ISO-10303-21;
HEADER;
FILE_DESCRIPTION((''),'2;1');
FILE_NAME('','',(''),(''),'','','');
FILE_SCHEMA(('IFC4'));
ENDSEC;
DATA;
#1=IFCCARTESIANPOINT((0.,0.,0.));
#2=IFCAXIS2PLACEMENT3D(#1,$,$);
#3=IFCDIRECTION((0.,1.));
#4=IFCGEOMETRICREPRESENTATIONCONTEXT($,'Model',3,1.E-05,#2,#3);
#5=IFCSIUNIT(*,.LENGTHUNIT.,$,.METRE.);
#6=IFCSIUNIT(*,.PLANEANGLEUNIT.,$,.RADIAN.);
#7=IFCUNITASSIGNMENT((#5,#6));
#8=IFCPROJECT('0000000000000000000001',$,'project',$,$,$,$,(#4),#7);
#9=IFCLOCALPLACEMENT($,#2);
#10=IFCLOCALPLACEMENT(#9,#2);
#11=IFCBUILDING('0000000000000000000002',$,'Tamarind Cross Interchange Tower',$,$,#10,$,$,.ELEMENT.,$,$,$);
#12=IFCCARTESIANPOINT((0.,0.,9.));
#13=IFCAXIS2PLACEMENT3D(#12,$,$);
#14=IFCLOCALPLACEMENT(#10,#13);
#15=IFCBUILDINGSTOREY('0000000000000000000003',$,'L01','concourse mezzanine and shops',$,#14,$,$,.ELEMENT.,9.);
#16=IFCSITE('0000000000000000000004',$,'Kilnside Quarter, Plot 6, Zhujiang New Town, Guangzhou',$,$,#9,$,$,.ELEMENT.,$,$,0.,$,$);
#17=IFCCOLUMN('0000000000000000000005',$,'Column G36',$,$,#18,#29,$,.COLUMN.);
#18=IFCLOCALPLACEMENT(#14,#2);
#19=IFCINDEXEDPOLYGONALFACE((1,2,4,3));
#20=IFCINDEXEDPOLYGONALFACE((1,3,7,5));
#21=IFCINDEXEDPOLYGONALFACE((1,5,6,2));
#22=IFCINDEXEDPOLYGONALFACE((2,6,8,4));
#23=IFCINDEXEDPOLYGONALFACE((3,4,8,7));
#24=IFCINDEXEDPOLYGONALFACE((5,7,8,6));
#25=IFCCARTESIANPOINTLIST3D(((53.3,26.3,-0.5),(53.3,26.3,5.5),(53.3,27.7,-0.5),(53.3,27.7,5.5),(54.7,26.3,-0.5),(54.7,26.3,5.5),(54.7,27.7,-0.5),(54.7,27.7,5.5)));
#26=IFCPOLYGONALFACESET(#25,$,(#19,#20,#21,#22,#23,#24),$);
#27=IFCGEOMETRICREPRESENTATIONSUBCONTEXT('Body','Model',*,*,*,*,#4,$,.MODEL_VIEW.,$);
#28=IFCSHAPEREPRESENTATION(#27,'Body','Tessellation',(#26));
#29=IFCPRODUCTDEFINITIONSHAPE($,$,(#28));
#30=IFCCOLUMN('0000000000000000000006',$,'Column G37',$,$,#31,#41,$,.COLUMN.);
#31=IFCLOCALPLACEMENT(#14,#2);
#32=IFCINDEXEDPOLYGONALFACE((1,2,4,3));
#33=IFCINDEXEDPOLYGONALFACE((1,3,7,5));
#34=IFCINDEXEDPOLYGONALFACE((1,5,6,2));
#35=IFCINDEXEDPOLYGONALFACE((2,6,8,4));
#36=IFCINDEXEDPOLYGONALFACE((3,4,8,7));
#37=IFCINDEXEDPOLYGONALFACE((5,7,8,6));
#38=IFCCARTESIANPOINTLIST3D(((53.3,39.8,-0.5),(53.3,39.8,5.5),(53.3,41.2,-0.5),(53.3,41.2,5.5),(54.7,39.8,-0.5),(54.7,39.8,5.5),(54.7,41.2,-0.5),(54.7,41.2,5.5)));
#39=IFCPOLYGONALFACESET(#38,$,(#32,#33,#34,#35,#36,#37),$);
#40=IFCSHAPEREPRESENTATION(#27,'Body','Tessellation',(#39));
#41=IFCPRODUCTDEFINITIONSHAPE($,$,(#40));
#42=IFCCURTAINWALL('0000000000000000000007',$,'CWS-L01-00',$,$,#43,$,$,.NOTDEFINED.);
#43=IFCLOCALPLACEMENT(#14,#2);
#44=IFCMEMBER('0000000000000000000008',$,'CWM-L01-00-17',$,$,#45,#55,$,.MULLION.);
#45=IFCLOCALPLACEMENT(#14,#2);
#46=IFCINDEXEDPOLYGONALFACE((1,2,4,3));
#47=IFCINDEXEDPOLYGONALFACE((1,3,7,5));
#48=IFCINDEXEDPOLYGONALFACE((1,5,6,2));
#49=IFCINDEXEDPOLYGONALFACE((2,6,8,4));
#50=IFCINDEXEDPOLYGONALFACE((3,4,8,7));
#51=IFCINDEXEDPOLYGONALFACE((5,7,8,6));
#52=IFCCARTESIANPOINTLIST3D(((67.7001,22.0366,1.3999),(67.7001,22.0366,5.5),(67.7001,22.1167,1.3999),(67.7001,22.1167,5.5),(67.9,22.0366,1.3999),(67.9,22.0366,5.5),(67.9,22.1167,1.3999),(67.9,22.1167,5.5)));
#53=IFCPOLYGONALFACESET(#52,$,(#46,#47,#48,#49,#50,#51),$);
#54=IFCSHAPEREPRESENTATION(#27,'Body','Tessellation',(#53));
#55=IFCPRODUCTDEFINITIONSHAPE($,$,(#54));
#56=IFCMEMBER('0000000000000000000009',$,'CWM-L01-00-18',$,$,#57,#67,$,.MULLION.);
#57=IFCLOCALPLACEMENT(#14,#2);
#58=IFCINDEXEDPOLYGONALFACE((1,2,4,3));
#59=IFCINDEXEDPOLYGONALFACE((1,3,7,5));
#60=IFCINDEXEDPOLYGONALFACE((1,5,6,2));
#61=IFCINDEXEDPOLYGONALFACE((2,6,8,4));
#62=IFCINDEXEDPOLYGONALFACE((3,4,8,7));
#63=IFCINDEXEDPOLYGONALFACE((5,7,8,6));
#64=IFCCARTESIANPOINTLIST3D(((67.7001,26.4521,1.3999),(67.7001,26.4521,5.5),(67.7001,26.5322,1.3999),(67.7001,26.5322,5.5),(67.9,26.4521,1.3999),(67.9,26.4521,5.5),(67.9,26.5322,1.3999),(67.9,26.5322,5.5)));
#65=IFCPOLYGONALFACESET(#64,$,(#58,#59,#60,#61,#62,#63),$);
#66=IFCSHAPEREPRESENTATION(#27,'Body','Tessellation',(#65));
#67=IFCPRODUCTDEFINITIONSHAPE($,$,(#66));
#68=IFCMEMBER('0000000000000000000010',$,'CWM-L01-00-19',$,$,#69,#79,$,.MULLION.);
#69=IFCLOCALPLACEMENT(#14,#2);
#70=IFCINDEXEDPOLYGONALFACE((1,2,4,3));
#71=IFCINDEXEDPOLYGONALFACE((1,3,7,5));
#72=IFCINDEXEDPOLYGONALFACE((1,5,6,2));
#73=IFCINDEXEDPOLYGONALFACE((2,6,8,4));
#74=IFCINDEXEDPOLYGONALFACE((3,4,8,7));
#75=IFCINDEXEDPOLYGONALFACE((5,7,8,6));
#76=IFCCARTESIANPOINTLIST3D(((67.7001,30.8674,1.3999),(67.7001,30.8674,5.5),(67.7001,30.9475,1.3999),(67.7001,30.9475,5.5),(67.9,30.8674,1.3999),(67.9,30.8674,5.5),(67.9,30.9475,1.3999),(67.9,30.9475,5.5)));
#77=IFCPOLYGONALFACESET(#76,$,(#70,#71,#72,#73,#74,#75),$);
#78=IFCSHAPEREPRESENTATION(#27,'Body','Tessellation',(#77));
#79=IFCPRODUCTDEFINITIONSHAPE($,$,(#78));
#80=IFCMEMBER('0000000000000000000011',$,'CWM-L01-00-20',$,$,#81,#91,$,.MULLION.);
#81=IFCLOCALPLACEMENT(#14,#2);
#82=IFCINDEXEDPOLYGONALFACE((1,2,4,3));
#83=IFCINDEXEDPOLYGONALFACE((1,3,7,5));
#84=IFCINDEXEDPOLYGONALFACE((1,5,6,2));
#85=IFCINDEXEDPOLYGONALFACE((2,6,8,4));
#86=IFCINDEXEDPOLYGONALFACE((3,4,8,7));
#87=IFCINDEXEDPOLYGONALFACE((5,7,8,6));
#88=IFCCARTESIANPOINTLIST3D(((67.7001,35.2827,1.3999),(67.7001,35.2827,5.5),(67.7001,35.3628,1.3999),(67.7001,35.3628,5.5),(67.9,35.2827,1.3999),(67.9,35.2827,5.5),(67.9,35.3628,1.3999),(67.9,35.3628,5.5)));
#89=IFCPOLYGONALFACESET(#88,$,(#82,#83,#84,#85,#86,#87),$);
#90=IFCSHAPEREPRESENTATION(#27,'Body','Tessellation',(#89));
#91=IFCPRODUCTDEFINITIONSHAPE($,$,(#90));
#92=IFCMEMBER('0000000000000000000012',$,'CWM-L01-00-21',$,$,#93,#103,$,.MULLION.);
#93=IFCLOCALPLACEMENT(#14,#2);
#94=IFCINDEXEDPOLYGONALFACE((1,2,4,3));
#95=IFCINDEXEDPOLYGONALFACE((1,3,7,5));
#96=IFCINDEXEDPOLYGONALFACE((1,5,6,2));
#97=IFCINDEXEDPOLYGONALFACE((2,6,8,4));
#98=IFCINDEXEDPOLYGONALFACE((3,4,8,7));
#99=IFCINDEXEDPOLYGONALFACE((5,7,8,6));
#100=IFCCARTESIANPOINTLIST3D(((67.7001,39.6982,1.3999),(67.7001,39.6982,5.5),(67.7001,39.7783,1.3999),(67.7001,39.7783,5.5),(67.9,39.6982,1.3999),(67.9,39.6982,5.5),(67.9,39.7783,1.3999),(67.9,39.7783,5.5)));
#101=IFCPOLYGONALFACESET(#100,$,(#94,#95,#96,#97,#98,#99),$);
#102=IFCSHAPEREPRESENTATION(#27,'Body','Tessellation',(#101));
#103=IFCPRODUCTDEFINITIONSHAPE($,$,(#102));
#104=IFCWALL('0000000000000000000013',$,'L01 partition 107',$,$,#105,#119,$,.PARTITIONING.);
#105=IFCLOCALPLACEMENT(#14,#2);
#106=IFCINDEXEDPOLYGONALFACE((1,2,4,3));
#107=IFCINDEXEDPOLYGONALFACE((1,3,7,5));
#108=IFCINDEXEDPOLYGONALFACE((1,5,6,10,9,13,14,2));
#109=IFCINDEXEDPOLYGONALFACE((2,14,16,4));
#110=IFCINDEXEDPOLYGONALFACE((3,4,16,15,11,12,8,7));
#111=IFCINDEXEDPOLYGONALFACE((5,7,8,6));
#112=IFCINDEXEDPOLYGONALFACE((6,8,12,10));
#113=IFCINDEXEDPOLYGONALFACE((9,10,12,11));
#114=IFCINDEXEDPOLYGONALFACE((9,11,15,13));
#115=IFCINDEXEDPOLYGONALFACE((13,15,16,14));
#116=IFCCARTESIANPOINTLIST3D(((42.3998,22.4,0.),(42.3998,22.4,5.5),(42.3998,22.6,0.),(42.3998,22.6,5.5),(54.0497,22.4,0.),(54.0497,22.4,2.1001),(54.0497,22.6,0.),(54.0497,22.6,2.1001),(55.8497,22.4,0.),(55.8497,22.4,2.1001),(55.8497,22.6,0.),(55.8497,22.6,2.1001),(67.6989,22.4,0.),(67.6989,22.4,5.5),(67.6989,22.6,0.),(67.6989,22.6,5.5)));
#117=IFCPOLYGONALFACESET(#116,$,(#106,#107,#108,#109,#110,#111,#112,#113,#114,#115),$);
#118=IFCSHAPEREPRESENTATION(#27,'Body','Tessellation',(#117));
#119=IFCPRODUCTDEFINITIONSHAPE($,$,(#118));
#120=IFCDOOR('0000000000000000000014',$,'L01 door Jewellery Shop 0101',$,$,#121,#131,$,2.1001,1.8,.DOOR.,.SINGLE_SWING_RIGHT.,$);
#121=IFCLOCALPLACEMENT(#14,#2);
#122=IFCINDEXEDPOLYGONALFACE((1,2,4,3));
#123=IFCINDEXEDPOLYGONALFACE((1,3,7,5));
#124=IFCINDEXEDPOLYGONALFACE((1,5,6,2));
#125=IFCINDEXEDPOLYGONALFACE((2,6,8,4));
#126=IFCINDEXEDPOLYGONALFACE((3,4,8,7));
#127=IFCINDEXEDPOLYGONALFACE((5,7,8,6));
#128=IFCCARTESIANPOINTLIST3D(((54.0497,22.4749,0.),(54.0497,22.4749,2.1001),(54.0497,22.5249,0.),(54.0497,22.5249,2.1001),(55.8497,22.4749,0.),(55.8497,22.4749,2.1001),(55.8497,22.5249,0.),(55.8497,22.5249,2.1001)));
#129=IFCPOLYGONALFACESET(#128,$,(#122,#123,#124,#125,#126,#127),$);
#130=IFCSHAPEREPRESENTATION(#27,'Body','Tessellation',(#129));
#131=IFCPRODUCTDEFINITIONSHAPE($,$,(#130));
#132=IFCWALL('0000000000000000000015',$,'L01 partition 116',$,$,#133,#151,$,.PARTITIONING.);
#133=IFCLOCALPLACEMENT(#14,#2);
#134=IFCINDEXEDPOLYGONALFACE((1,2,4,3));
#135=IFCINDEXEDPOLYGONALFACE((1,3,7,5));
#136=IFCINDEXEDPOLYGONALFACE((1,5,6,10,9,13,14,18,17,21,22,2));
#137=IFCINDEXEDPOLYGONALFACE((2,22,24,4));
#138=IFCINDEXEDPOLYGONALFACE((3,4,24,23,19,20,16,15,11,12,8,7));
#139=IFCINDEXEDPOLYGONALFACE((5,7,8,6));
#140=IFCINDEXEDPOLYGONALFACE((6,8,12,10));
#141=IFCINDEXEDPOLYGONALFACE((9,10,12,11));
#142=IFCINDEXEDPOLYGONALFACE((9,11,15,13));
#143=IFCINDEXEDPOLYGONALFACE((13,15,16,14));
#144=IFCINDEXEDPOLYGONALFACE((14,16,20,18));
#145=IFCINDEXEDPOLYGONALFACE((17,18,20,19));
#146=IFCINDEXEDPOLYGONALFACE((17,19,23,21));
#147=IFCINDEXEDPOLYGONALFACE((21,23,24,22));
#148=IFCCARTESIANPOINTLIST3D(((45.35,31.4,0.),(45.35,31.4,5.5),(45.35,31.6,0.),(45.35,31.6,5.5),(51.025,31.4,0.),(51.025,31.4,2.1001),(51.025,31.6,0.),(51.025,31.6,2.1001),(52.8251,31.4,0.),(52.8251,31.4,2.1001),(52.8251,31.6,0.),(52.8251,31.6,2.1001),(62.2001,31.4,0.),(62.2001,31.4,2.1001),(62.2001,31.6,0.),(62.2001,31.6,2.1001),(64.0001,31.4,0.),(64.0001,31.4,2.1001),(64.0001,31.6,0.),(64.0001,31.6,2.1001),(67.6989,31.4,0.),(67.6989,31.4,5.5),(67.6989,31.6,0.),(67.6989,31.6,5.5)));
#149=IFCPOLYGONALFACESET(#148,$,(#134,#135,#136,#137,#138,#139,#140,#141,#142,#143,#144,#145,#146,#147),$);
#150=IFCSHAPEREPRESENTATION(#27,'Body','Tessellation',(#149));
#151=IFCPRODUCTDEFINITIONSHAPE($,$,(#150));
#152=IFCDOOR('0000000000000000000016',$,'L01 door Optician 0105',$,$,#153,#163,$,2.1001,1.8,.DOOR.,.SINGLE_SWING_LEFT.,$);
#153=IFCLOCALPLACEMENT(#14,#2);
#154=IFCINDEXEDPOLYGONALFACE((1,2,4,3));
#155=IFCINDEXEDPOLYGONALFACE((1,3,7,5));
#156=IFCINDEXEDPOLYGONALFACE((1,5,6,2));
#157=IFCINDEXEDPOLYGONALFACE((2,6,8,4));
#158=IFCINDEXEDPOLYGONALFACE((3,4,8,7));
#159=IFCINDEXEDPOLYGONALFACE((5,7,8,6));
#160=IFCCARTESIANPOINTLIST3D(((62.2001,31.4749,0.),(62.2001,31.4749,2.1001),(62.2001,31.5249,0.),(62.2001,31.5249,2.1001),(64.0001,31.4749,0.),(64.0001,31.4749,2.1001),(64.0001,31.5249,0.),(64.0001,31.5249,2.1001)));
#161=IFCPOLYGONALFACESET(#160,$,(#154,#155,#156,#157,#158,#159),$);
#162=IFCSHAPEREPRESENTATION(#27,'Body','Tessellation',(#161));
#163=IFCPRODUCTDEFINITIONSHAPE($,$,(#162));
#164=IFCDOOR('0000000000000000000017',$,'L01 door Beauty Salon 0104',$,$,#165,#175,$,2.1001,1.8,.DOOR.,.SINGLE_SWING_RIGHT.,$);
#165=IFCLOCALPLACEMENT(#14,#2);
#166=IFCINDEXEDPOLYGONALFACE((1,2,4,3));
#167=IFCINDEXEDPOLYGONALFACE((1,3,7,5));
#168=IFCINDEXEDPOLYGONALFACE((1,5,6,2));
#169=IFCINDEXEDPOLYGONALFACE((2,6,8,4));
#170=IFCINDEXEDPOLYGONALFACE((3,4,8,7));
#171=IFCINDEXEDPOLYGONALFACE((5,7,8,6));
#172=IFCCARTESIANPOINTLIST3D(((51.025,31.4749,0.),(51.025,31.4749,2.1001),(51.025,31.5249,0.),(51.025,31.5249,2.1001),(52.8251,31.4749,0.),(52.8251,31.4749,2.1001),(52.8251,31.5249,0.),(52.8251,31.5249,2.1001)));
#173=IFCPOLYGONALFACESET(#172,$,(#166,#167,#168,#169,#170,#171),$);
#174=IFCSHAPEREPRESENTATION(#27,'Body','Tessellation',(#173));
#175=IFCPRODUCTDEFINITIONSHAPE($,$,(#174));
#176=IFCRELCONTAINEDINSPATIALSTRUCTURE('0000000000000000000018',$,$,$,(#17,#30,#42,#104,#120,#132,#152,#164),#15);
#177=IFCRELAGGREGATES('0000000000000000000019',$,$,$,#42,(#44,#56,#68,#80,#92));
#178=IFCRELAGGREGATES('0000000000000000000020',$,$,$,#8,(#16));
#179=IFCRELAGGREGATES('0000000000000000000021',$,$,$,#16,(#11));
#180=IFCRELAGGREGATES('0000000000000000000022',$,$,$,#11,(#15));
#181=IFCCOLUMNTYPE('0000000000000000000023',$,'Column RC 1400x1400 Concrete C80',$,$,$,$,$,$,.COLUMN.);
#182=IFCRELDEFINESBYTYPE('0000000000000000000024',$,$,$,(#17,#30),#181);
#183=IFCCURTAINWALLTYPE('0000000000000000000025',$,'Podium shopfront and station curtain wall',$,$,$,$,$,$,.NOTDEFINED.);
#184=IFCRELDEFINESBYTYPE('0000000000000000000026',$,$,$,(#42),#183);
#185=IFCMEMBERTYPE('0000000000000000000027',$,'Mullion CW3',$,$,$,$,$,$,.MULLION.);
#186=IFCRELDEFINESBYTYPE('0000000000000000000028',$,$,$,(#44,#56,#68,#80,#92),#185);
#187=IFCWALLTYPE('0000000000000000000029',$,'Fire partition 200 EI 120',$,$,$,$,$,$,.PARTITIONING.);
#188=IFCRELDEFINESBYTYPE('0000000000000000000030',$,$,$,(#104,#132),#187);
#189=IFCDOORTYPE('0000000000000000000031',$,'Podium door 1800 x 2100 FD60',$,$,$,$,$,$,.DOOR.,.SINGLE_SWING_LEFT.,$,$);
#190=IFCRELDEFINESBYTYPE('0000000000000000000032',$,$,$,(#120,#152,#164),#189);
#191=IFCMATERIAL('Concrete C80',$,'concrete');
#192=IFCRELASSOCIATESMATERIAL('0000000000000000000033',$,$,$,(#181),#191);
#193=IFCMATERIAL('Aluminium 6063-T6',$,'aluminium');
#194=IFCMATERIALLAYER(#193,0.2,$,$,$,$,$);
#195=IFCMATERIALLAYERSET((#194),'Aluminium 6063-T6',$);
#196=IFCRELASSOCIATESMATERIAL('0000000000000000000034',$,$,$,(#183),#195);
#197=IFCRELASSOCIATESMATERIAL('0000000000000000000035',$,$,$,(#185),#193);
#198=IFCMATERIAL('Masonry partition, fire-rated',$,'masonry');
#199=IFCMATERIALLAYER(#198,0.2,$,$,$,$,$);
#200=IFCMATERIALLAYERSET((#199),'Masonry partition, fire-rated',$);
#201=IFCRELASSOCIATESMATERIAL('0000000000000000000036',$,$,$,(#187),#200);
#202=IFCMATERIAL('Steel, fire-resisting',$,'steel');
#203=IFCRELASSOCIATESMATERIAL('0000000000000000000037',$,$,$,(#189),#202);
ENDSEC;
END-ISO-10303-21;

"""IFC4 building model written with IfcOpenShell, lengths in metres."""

from ifc_helpers import new_model, si_unit, direction, frame, frame_2d, origin, origin_2d, place, context, subcontext, project, spatial, rectangle, extrude, material, layer, layer_set, material_profile, profile_set, type_object, element, fill, aggregate, save


model = new_model("IFC4")

# Units and contexts
model_context = context("Model", 3, precision=1e-05, world=origin(), true_north=direction((0.0, 1.0)))
body_context = subcontext(model_context, "Body", "Model", "MODEL_VIEW")
ifc_project = project(units=[si_unit("LENGTHUNIT", "METRE"), si_unit("PLANEANGLEUNIT", "RADIAN")], contexts=[model_context])

# Site, building, storey
site_placement = place(None, origin())
site = spatial("IfcSite", under=ifc_project, at=site_placement, Name="Kilnside Quarter, Plot 6, Zhujiang New Town, Guangzhou", CompositionType="ELEMENT", RefElevation=0.0)
building_placement = place(site_placement, origin())
building = spatial("IfcBuilding", under=site, at=building_placement, Name="Tamarind Cross Interchange Tower", CompositionType="ELEMENT")
storey_placement = place(building_placement, frame((0.0, 0.0, 9.0)))
storey = spatial("IfcBuildingStorey", under=building, at=storey_placement, Name="L01", Description="concourse mezzanine and shops", CompositionType="ELEMENT", Elevation=9.0)

# Columns
ifc_material_1 = material(Name="Concrete C80", Category="concrete")
ifc_material_profile_1 = material_profile(ifc_material_1, rectangle(XDim=1.3999, YDim=1.3999, at=origin_2d()), Name="RC 1400x1400")
ifc_profile_set_1 = profile_set([ifc_material_profile_1], Name="Concrete C80")
column_type = type_object("IfcColumnType", Name="Column RC 1400x1400 Concrete C80", PredefinedType="COLUMN", material=ifc_profile_set_1)
for number, where, z_axis, x_axis, name in (
    (1, (54.0, 27.0, -0.5), (0.0, 0.0, 1.0), (1.0, 0.0, 0.0), "Column G36"),
    (2, (54.0, 40.5, -0.5), (0.0, 0.0, 1.0), (1.0, 0.0, 0.0), "Column G37"),
):
    element("IfcColumn", number, at=place(storey_placement, frame(where, z_axis=z_axis, x_axis=x_axis)), inside=storey, type_object=column_type, Name=name, PredefinedType="COLUMN", context=body_context, shape_type="SweptSolid", body=[
        extrude(rectangle(XDim=1.3999, YDim=1.3999, at=origin_2d()), origin(), (0.0, 0.0, 1.0), 6.0),
    ])

# Curtain wall, members
ifc_material_2 = material(Name="Aluminium 6063-T6", Category="aluminium")
ifc_layer_1 = layer(ifc_material_2, 0.2)
ifc_layer_set_1 = layer_set([ifc_layer_1], Name="Aluminium 6063-T6")
curtain_wall_type = type_object("IfcCurtainWallType", Name="Podium shopfront and station curtain wall", PredefinedType="NOTDEFINED", material=ifc_layer_set_1)
curtain_wall_placement = place(storey_placement, origin())
curtain_wall = element("IfcCurtainWall", 3, at=curtain_wall_placement, inside=storey, type_object=curtain_wall_type, Name="CWS-L01-00", PredefinedType="NOTDEFINED")
ifc_material_profile_2 = material_profile(ifc_material_2, rectangle(XDim=0.0801, YDim=0.2, at=origin_2d()), Name="Mullion CW3")
ifc_profile_set_2 = profile_set([ifc_material_profile_2], Name="Aluminium 6063-T6")
member_type = type_object("IfcMemberType", Name="Mullion CW3", PredefinedType="MULLION", material=ifc_profile_set_2)
member_1_placement = place(storey_placement, frame((67.8, 22.0767, 1.3999), z_axis=(0.0, 0.0, 1.0), x_axis=(0.0, 1.0, 0.0)))
member_1 = element("IfcMember", 4, at=member_1_placement, type_object=member_type, Name="CWM-L01-00-17", PredefinedType="MULLION", context=body_context, shape_type="SweptSolid", body=[
    extrude(rectangle(XDim=0.0801, YDim=0.2, at=origin_2d()), origin(), (0.0, 0.0, 1.0), 4.1001),
])
member_2_placement = place(storey_placement, frame((67.8, 26.4922, 1.3999), z_axis=(0.0, 0.0, 1.0), x_axis=(0.0, 1.0, 0.0)))
member_2 = element("IfcMember", 5, at=member_2_placement, type_object=member_type, Name="CWM-L01-00-18", PredefinedType="MULLION", context=body_context, shape_type="SweptSolid", body=[
    extrude(rectangle(XDim=0.0801, YDim=0.2, at=origin_2d()), origin(), (0.0, 0.0, 1.0), 4.1001),
])
member_3_placement = place(storey_placement, frame((67.8, 30.9075, 1.3999), z_axis=(0.0, 0.0, 1.0), x_axis=(0.0, 1.0, 0.0)))
member_3 = element("IfcMember", 6, at=member_3_placement, type_object=member_type, Name="CWM-L01-00-19", PredefinedType="MULLION", context=body_context, shape_type="SweptSolid", body=[
    extrude(rectangle(XDim=0.0801, YDim=0.2, at=origin_2d()), origin(), (0.0, 0.0, 1.0), 4.1001),
])
member_4_placement = place(storey_placement, frame((67.8, 35.3228, 1.3999), z_axis=(0.0, 0.0, 1.0), x_axis=(0.0, 1.0, 0.0)))
member_4 = element("IfcMember", 7, at=member_4_placement, type_object=member_type, Name="CWM-L01-00-20", PredefinedType="MULLION", context=body_context, shape_type="SweptSolid", body=[
    extrude(rectangle(XDim=0.0801, YDim=0.2, at=origin_2d()), origin(), (0.0, 0.0, 1.0), 4.1001),
])
member_5_placement = place(storey_placement, frame((67.8, 39.7383, 1.3999), z_axis=(0.0, 0.0, 1.0), x_axis=(0.0, 1.0, 0.0)))
member_5 = element("IfcMember", 8, at=member_5_placement, type_object=member_type, Name="CWM-L01-00-21", PredefinedType="MULLION", context=body_context, shape_type="SweptSolid", body=[
    extrude(rectangle(XDim=0.0801, YDim=0.2, at=origin_2d()), origin(), (0.0, 0.0, 1.0), 4.1001),
])
aggregate(curtain_wall, [member_1, member_2, member_3, member_4, member_5])

# Wall, opening, door
ifc_material_3 = material(Name="Masonry partition, fire-rated", Category="masonry")
ifc_layer_2 = layer(ifc_material_3, 0.2)
ifc_layer_set_2 = layer_set([ifc_layer_2], Name="Masonry partition, fire-rated")
wall_type_1 = type_object("IfcWallType", Name="Fire partition 200 EI 120", PredefinedType="PARTITIONING", material=ifc_layer_set_2)
wall_1_placement = place(storey_placement, frame((42.3999, 22.5, 0.0), z_axis=(0.0, 0.0, 1.0), x_axis=(1.0, 0.0, 0.0)))
wall_1 = element("IfcWall", 9, at=wall_1_placement, inside=storey, type_object=wall_type_1, Name="L01 partition 107", PredefinedType="PARTITIONING", context=body_context, shape_type="SweptSolid", body=[
    extrude(rectangle(XDim=25.2991, YDim=0.2, at=frame_2d((12.6494, 0.0))), origin(), (0.0, 0.0, 1.0), 5.5),
])
opening_1_placement = place(wall_1_placement, frame((11.6499, 0.0, 0.0)))
opening_1 = element("IfcOpeningElement", 10, at=opening_1_placement, cuts=wall_1, PredefinedType="OPENING", context=body_context, shape_type="SweptSolid", body=[
    extrude(rectangle(XDim=1.8, YDim=2.1001, at=frame_2d((0.8999, 1.05))), frame((0.0, 0.1099, 0.0), z_axis=(0.0, -1.0, 0.0), x_axis=(1.0, 0.0, 0.0)), (0.0, 0.0, 1.0), 0.22),
])
ifc_material_4 = material(Name="Steel, fire-resisting", Category="steel")
door_type_1 = type_object("IfcDoorType", Name="Podium door 1800 x 2100 FD60", OperationType="SINGLE_SWING_LEFT", PredefinedType="DOOR", material=ifc_material_4)
door_1_placement = place(opening_1_placement, origin())
door_1 = element("IfcDoor", 11, at=door_1_placement, inside=storey, type_object=door_type_1, Name="L01 door Jewellery Shop 0101", OperationType="SINGLE_SWING_RIGHT", OverallHeight=2.1001, OverallWidth=1.8, PredefinedType="DOOR", context=body_context, shape_type="SweptSolid", body=[
    extrude(rectangle(XDim=1.8, YDim=2.1001, at=frame_2d((0.8999, 1.05))), frame((0.0, 0.0249, 0.0), z_axis=(0.0, -1.0, 0.0), x_axis=(1.0, 0.0, 0.0)), (0.0, 0.0, 1.0), 0.05),
])
fill(opening_1, door_1)

# Wall, openings, doors
wall_2_placement = place(storey_placement, frame((45.3501, 31.5, 0.0), z_axis=(0.0, 0.0, 1.0), x_axis=(1.0, 0.0, 0.0)))
wall_2 = element("IfcWall", 12, at=wall_2_placement, inside=storey, type_object=wall_type_1, Name="L01 partition 116", PredefinedType="PARTITIONING", context=body_context, shape_type="SweptSolid", body=[
    extrude(rectangle(XDim=22.3489, YDim=0.2, at=frame_2d((11.1743, 0.0))), origin(), (0.0, 0.0, 1.0), 5.5),
])
opening_2_placement = place(wall_2_placement, frame((16.8501, 0.0, 0.0)))
opening_2 = element("IfcOpeningElement", 13, at=opening_2_placement, cuts=wall_2, PredefinedType="OPENING", context=body_context, shape_type="SweptSolid", body=[
    extrude(rectangle(XDim=1.8, YDim=2.1001, at=frame_2d((0.8999, 1.05))), frame((0.0, 0.1099, 0.0), z_axis=(0.0, -1.0, 0.0), x_axis=(1.0, 0.0, 0.0)), (0.0, 0.0, 1.0), 0.22),
])
opening_3_placement = place(wall_2_placement, frame((5.675, 0.0, 0.0)))
opening_3 = element("IfcOpeningElement", 14, at=opening_3_placement, cuts=wall_2, PredefinedType="OPENING", context=body_context, shape_type="SweptSolid", body=[
    extrude(rectangle(XDim=1.8, YDim=2.1001, at=frame_2d((0.8999, 1.05))), frame((0.0, 0.1099, 0.0), z_axis=(0.0, -1.0, 0.0), x_axis=(1.0, 0.0, 0.0)), (0.0, 0.0, 1.0), 0.22),
])
door_2_placement = place(opening_2_placement, origin())
door_2 = element("IfcDoor", 15, at=door_2_placement, inside=storey, type_object=door_type_1, Name="L01 door Optician 0105", OperationType="SINGLE_SWING_LEFT", OverallHeight=2.1001, OverallWidth=1.8, PredefinedType="DOOR", context=body_context, shape_type="SweptSolid", body=[
    extrude(rectangle(XDim=1.8, YDim=2.1001, at=frame_2d((0.8999, 1.05))), frame((0.0, 0.0249, 0.0), z_axis=(0.0, -1.0, 0.0), x_axis=(1.0, 0.0, 0.0)), (0.0, 0.0, 1.0), 0.05),
])
fill(opening_2, door_2)
door_3_placement = place(opening_3_placement, origin())
door_3 = element("IfcDoor", 16, at=door_3_placement, inside=storey, type_object=door_type_1, Name="L01 door Beauty Salon 0104", OperationType="SINGLE_SWING_RIGHT", OverallHeight=2.1001, OverallWidth=1.8, PredefinedType="DOOR", context=body_context, shape_type="SweptSolid", body=[
    extrude(rectangle(XDim=1.8, YDim=2.1001, at=frame_2d((0.8999, 1.05))), frame((0.0, 0.0249, 0.0), z_axis=(0.0, -1.0, 0.0), x_axis=(1.0, 0.0, 0.0)), (0.0, 0.0, 1.0), 0.05),
])
fill(opening_3, door_3)

save(model, "model.ifc")
